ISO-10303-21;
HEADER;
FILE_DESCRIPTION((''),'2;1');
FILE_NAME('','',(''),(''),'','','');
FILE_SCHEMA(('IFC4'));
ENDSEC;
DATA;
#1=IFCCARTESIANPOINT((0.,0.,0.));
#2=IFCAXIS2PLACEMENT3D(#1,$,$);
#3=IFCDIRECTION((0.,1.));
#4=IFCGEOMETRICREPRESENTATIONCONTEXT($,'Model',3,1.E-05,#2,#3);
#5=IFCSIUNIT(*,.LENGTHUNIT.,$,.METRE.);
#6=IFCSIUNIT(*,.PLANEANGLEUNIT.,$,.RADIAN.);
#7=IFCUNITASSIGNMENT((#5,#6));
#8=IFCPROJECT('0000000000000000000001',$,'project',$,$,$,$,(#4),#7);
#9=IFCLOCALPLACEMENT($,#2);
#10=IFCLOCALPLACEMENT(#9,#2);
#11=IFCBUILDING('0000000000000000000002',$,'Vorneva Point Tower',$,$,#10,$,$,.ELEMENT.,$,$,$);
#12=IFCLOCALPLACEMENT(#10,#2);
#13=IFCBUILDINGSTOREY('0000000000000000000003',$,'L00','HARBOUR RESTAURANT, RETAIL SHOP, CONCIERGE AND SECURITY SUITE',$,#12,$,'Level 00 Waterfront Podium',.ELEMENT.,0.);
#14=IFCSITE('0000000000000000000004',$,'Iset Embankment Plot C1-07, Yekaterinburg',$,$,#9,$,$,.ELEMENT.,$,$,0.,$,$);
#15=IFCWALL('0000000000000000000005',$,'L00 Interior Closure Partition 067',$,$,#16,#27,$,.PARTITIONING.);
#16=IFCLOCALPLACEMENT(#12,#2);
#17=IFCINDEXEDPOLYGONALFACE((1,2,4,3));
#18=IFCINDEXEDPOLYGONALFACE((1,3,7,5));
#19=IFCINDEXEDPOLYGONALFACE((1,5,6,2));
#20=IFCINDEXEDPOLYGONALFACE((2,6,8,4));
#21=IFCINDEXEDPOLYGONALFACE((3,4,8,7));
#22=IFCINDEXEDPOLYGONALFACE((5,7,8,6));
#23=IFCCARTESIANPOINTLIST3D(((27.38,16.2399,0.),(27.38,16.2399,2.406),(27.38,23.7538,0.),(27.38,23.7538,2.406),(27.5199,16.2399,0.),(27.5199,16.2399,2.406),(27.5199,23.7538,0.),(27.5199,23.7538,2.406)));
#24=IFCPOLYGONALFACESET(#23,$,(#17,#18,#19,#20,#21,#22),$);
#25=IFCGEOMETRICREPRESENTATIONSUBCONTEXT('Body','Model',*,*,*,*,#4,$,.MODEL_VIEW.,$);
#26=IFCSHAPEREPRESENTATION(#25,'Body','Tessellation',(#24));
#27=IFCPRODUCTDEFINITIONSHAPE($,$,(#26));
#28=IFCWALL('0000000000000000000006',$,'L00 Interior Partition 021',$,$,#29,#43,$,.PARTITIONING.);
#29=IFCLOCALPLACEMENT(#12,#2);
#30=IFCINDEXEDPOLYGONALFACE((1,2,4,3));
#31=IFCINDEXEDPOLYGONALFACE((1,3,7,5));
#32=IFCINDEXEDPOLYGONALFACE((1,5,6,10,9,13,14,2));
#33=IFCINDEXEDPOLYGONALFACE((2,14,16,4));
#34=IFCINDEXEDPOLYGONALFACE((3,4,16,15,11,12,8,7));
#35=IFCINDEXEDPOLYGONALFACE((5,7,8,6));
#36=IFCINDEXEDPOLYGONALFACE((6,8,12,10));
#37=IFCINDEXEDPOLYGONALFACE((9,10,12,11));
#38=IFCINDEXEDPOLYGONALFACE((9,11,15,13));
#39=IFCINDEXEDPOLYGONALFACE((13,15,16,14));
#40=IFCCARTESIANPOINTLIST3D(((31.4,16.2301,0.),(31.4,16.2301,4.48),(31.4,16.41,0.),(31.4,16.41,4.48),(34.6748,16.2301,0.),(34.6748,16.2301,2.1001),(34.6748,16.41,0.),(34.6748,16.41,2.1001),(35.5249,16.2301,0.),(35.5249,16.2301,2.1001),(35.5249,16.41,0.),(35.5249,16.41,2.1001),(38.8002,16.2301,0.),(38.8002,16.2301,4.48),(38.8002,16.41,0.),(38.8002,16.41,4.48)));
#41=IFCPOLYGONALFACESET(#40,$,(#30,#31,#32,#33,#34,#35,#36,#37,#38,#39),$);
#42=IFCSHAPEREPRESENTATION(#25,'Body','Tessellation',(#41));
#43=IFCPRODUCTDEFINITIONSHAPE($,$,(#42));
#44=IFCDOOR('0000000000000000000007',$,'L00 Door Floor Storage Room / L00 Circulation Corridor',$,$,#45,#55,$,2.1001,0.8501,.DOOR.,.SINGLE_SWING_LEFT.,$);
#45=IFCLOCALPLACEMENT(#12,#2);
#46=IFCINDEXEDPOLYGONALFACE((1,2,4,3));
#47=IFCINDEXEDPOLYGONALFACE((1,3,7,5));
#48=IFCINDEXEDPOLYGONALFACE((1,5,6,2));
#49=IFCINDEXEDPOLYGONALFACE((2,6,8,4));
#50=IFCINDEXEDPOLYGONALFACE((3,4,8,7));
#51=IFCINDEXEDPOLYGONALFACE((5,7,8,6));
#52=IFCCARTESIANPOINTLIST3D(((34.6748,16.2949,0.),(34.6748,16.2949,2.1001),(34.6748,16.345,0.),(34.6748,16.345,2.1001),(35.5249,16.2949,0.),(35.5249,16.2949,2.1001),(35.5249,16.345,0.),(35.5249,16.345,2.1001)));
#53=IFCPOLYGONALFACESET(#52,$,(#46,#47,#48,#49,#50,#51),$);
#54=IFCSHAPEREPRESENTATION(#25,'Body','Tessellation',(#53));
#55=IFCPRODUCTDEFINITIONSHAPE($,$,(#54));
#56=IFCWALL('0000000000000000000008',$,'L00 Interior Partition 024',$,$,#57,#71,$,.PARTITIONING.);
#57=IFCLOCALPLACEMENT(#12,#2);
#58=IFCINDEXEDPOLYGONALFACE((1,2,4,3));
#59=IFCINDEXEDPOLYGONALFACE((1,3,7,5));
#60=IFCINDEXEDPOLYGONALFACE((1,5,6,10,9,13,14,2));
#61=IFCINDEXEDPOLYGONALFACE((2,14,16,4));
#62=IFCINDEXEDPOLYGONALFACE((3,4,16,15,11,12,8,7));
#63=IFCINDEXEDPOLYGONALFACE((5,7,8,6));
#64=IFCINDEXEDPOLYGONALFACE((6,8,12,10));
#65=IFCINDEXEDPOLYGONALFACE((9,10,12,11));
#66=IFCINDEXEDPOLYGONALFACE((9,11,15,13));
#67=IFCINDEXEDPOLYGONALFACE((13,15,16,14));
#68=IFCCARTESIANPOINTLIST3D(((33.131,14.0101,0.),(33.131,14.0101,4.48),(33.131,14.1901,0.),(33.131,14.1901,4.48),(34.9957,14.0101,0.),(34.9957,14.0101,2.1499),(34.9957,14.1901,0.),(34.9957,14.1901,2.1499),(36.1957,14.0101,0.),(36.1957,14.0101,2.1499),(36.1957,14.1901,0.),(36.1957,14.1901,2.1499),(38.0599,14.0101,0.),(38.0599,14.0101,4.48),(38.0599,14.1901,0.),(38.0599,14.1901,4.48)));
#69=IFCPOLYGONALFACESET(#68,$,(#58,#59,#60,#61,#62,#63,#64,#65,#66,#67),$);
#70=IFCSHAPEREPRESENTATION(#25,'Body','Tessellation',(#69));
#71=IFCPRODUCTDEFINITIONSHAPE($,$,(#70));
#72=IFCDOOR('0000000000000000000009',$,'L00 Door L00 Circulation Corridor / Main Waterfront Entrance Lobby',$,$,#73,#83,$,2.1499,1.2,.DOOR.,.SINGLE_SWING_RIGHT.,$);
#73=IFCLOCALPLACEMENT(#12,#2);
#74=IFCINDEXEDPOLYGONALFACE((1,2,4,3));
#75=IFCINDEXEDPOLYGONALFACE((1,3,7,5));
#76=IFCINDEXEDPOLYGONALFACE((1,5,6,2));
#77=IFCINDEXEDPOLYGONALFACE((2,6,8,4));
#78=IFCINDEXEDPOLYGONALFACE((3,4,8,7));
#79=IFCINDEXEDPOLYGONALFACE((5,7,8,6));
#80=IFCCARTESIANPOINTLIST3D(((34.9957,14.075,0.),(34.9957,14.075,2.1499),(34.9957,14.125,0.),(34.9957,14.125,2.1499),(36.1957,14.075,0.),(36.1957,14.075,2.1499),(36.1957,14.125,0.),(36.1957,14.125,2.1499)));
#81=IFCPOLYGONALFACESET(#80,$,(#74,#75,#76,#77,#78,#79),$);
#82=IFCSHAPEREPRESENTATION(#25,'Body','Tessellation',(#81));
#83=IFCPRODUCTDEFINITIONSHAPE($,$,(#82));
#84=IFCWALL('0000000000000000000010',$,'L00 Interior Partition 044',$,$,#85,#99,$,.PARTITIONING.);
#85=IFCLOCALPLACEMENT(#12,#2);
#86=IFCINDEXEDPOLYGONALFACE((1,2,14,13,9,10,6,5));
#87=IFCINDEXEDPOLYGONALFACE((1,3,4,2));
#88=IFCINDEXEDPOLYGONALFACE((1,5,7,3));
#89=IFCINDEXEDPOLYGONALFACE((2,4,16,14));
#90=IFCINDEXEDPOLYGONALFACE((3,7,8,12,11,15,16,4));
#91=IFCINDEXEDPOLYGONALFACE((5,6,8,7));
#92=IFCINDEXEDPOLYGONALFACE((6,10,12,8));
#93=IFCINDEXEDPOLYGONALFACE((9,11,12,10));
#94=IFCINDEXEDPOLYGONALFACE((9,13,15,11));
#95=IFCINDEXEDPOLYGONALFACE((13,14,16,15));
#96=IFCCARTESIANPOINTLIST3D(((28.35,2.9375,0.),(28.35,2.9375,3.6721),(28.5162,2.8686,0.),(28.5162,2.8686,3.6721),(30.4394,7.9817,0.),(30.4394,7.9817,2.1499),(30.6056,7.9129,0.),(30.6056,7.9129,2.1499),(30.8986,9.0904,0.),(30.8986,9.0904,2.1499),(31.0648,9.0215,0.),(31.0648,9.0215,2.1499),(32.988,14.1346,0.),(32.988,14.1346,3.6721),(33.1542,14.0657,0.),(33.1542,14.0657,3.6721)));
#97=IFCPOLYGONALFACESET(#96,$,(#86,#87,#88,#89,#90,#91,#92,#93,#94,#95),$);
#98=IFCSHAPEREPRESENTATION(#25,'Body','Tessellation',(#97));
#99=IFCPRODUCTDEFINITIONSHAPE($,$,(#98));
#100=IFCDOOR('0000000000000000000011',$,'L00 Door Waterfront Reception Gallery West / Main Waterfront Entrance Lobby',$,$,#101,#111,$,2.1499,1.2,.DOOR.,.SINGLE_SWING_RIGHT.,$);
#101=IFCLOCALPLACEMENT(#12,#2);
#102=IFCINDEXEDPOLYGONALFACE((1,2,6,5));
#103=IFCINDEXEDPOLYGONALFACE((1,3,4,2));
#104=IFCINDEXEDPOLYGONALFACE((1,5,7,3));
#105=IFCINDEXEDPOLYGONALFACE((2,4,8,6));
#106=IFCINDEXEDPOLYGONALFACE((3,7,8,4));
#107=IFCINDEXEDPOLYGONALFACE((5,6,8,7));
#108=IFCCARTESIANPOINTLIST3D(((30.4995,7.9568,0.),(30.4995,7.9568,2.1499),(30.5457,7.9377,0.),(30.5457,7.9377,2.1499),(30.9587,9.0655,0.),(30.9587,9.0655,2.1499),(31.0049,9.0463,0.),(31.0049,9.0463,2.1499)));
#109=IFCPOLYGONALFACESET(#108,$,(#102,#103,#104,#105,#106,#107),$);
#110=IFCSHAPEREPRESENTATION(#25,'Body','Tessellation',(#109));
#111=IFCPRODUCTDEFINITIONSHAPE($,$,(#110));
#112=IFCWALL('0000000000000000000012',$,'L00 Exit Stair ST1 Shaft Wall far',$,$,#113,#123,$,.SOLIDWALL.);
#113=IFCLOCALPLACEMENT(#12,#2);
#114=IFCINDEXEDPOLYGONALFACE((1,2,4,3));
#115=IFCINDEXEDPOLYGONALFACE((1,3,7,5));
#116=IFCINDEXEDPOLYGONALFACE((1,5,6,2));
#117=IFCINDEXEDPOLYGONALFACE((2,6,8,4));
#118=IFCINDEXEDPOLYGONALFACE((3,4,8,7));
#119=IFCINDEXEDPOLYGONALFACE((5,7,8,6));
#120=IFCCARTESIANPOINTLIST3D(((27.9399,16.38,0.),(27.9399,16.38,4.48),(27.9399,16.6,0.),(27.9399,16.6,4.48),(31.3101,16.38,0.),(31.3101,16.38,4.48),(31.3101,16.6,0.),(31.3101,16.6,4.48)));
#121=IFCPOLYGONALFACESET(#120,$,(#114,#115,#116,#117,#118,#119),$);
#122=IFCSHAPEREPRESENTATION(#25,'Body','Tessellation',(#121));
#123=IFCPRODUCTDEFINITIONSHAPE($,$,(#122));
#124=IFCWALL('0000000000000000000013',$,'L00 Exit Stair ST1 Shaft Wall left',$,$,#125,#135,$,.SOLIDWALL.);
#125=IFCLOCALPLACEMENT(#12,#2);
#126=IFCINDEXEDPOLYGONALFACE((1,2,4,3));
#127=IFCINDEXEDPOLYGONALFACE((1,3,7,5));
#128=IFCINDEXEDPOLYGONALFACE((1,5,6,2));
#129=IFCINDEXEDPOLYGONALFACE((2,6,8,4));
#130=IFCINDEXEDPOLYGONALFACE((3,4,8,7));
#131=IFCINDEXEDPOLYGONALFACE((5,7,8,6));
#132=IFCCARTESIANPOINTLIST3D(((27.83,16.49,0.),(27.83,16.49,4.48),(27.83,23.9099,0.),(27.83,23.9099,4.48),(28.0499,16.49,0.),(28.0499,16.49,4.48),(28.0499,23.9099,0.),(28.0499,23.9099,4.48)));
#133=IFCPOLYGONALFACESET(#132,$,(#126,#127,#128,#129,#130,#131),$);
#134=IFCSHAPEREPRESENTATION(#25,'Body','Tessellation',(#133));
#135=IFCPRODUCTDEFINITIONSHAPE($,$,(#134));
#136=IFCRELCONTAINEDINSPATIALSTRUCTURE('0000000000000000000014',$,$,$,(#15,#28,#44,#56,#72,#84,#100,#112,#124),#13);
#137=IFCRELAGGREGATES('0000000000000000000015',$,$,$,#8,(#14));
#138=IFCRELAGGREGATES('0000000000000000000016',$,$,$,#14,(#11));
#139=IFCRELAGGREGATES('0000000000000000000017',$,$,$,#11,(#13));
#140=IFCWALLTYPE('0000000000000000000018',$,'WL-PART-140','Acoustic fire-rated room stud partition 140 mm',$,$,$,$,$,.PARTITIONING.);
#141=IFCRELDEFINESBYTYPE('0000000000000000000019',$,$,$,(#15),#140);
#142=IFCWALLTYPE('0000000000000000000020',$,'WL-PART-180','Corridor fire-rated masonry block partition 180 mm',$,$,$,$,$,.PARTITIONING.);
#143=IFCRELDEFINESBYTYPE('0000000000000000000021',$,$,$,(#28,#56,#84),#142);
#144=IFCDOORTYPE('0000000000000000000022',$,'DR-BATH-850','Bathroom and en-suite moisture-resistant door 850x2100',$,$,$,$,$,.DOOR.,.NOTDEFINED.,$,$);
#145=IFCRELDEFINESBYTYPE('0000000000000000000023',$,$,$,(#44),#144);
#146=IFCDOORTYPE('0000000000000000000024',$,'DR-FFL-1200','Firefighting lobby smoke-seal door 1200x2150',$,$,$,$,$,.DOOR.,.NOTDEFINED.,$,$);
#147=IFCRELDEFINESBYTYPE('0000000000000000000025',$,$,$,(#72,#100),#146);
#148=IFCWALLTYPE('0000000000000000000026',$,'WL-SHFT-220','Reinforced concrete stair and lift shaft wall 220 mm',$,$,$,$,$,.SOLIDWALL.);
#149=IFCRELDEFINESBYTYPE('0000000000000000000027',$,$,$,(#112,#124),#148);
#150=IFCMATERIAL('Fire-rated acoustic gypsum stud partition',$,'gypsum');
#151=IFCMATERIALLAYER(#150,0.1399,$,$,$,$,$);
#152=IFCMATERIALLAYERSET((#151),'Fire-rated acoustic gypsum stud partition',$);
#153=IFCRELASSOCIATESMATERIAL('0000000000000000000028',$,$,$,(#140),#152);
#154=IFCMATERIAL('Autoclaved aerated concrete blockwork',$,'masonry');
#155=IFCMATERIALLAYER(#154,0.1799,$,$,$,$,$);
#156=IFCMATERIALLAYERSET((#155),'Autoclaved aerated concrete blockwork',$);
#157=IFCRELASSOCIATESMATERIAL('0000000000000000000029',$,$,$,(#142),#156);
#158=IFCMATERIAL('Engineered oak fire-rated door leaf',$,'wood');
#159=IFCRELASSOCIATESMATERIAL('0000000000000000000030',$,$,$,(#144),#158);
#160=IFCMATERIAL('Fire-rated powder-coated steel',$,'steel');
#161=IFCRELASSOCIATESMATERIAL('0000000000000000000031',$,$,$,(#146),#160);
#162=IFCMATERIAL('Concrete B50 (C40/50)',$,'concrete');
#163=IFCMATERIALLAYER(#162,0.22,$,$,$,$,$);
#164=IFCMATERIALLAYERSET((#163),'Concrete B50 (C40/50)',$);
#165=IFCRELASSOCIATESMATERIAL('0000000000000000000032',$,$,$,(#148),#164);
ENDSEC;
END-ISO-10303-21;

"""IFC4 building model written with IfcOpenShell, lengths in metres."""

from ifc_helpers import new_model, si_unit, direction, frame, frame_2d, origin, place, context, subcontext, project, spatial, rectangle, extrude, material, layer, layer_set, type_object, element, fill, save


model = new_model("IFC4")

# Units and contexts
model_context = context("Model", 3, precision=1e-05, world=origin(), true_north=direction((0.0, 1.0)))
body_context = subcontext(model_context, "Body", "Model", "MODEL_VIEW")
ifc_project = project(units=[si_unit("LENGTHUNIT", "METRE"), si_unit("PLANEANGLEUNIT", "RADIAN")], contexts=[model_context])

# Site, building, storey
site_placement = place(None, origin())
site = spatial("IfcSite", under=ifc_project, at=site_placement, Name="Iset Embankment Plot C1-07, Yekaterinburg", CompositionType="ELEMENT", RefElevation=0.0)
building_placement = place(site_placement, origin())
building = spatial("IfcBuilding", under=site, at=building_placement, Name="Vorneva Point Tower", CompositionType="ELEMENT")
storey_placement = place(building_placement, origin())
storey = spatial("IfcBuildingStorey", under=building, at=storey_placement, Name="L00", Description="HARBOUR RESTAURANT, RETAIL SHOP, CONCIERGE AND SECURITY SUITE", LongName="Level 00 Waterfront Podium", CompositionType="ELEMENT", Elevation=0.0)

# Wall
ifc_material_1 = material(Name="Fire-rated acoustic gypsum stud partition", Category="gypsum")
ifc_layer_1 = layer(ifc_material_1, 0.1399)
ifc_layer_set_1 = layer_set([ifc_layer_1], Name="Fire-rated acoustic gypsum stud partition")
wall_type_1 = type_object("IfcWallType", Name="WL-PART-140", Description="Acoustic fire-rated room stud partition 140 mm", PredefinedType="PARTITIONING", material=ifc_layer_set_1)
wall_1_placement = place(storey_placement, frame((27.45, 16.24, 0.0), z_axis=(0.0, 0.0, 1.0), x_axis=(0.0, 1.0, 0.0)))
element("IfcWall", 1, at=wall_1_placement, inside=storey, type_object=wall_type_1, Name="L00 Interior Closure Partition 067", PredefinedType="PARTITIONING", context=body_context, shape_type="SweptSolid", body=[
    extrude(rectangle(XDim=7.5139, YDim=0.1399, at=frame_2d((3.7568, 0.0))), origin(), (0.0, 0.0, 1.0), 2.406),
])

# Walls, openings, doors
ifc_material_2 = material(Name="Autoclaved aerated concrete blockwork", Category="masonry")
ifc_layer_2 = layer(ifc_material_2, 0.1799)
ifc_layer_set_2 = layer_set([ifc_layer_2], Name="Autoclaved aerated concrete blockwork")
wall_type_2 = type_object("IfcWallType", Name="WL-PART-180", Description="Corridor fire-rated masonry block partition 180 mm", PredefinedType="PARTITIONING", material=ifc_layer_set_2)
wall_2_placement = place(storey_placement, frame((31.3999, 16.3201, 0.0), z_axis=(0.0, 0.0, 1.0), x_axis=(1.0, 0.0, 0.0)))
wall_2 = element("IfcWall", 2, at=wall_2_placement, inside=storey, type_object=wall_type_2, Name="L00 Interior Partition 021", PredefinedType="PARTITIONING", context=body_context, shape_type="SweptSolid", body=[
    extrude(rectangle(XDim=7.4001, YDim=0.1799, at=frame_2d((3.7002, 0.0))), origin(), (0.0, 0.0, 1.0), 4.48),
])
opening_1_placement = place(wall_2_placement, frame((3.2749, 0.0, 0.0)))
opening_1 = element("IfcOpeningElement", 3, at=opening_1_placement, cuts=wall_2, PredefinedType="OPENING", context=body_context, shape_type="SweptSolid", body=[
    extrude(rectangle(XDim=0.8501, YDim=2.1001, at=frame_2d((0.425, 1.05))), frame((0.0, 0.105, 0.0), z_axis=(0.0, -1.0, 0.0), x_axis=(1.0, 0.0, 0.0)), (0.0, 0.0, 1.0), 0.2097),
])
ifc_material_3 = material(Name="Engineered oak fire-rated door leaf", Category="wood")
door_type_1 = type_object("IfcDoorType", Name="DR-BATH-850", Description="Bathroom and en-suite moisture-resistant door 850x2100", OperationType="NOTDEFINED", PredefinedType="DOOR", material=ifc_material_3)
door_1_placement = place(opening_1_placement, origin())
door_1 = element("IfcDoor", 4, at=door_1_placement, inside=storey, type_object=door_type_1, Name="L00 Door Floor Storage Room / L00 Circulation Corridor", OperationType="SINGLE_SWING_LEFT", OverallHeight=2.1001, OverallWidth=0.8501, PredefinedType="DOOR", context=body_context, shape_type="SweptSolid", body=[
    extrude(rectangle(XDim=0.8501, YDim=2.1001, at=frame_2d((0.425, 1.05))), frame((0.0, 0.0249, 0.0), z_axis=(0.0, -1.0, 0.0), x_axis=(1.0, 0.0, 0.0)), (0.0, 0.0, 1.0), 0.05),
])
fill(opening_1, door_1)
wall_3_placement = place(storey_placement, frame((33.1311, 14.1001, 0.0), z_axis=(0.0, 0.0, 1.0), x_axis=(1.0, 0.0, 0.0)))
wall_3 = element("IfcWall", 5, at=wall_3_placement, inside=storey, type_object=wall_type_2, Name="L00 Interior Partition 024", PredefinedType="PARTITIONING", context=body_context, shape_type="SweptSolid", body=[
    extrude(rectangle(XDim=4.929, YDim=0.1799, at=frame_2d((2.4644, 0.0))), origin(), (0.0, 0.0, 1.0), 4.48),
])
opening_2_placement = place(wall_3_placement, frame((1.8645, 0.0, 0.0)))
opening_2 = element("IfcOpeningElement", 6, at=opening_2_placement, cuts=wall_3, PredefinedType="OPENING", context=body_context, shape_type="SweptSolid", body=[
    extrude(rectangle(XDim=1.2, YDim=2.1499, at=frame_2d((0.6001, 1.075))), frame((0.0, 0.105, 0.0), z_axis=(0.0, -1.0, 0.0), x_axis=(1.0, 0.0, 0.0)), (0.0, 0.0, 1.0), 0.2097),
])
ifc_material_4 = material(Name="Fire-rated powder-coated steel", Category="steel")
door_type_2 = type_object("IfcDoorType", Name="DR-FFL-1200", Description="Firefighting lobby smoke-seal door 1200x2150", OperationType="NOTDEFINED", PredefinedType="DOOR", material=ifc_material_4)
door_2_placement = place(opening_2_placement, origin())
door_2 = element("IfcDoor", 7, at=door_2_placement, inside=storey, type_object=door_type_2, Name="L00 Door L00 Circulation Corridor / Main Waterfront Entrance Lobby", OperationType="SINGLE_SWING_RIGHT", OverallHeight=2.1499, OverallWidth=1.2, PredefinedType="DOOR", context=body_context, shape_type="SweptSolid", body=[
    extrude(rectangle(XDim=1.2, YDim=2.1499, at=frame_2d((0.6001, 1.075))), frame((0.0, 0.0249, 0.0), z_axis=(0.0, -1.0, 0.0), x_axis=(1.0, 0.0, 0.0)), (0.0, 0.0, 1.0), 0.05),
])
fill(opening_2, door_2)
wall_4_placement = place(storey_placement, frame((28.4331, 2.9031, 0.0), z_axis=(0.0, 0.0, 1.0), x_axis=(0.382682, 0.92388, 0.0)))
wall_4 = element("IfcWall", 8, at=wall_4_placement, inside=storey, type_object=wall_type_2, Name="L00 Interior Partition 044", PredefinedType="PARTITIONING", context=body_context, shape_type="SweptSolid", body=[
    extrude(rectangle(XDim=12.1196, YDim=0.1799, at=frame_2d((6.0598, 0.0))), origin(), (0.0, 0.0, 1.0), 3.6721),
])
opening_3_placement = place(wall_4_placement, frame((5.4597, 0.0, 0.0)))
opening_3 = element("IfcOpeningElement", 9, at=opening_3_placement, cuts=wall_4, PredefinedType="OPENING", context=body_context, shape_type="SweptSolid", body=[
    extrude(rectangle(XDim=1.2, YDim=2.1499, at=frame_2d((0.6001, 1.075))), frame((0.0, 0.105, 0.0), z_axis=(0.0, -1.0, 0.0), x_axis=(1.0, 0.0, 0.0)), (0.0, 0.0, 1.0), 0.2097),
])
door_3_placement = place(opening_3_placement, origin())
door_3 = element("IfcDoor", 10, at=door_3_placement, inside=storey, type_object=door_type_2, Name="L00 Door Waterfront Reception Gallery West / Main Waterfront Entrance Lobby", OperationType="SINGLE_SWING_RIGHT", OverallHeight=2.1499, OverallWidth=1.2, PredefinedType="DOOR", context=body_context, shape_type="SweptSolid", body=[
    extrude(rectangle(XDim=1.2, YDim=2.1499, at=frame_2d((0.6001, 1.075))), frame((0.0, 0.0249, 0.0), z_axis=(0.0, -1.0, 0.0), x_axis=(1.0, 0.0, 0.0)), (0.0, 0.0, 1.0), 0.05),
])
fill(opening_3, door_3)

# Walls
ifc_material_5 = material(Name="Concrete B50 (C40/50)", Category="concrete")
ifc_layer_3 = layer(ifc_material_5, 0.22)
ifc_layer_set_3 = layer_set([ifc_layer_3], Name="Concrete B50 (C40/50)")
wall_type_3 = type_object("IfcWallType", Name="WL-SHFT-220", Description="Reinforced concrete stair and lift shaft wall 220 mm", PredefinedType="SOLIDWALL", material=ifc_layer_set_3)
wall_5_placement = place(storey_placement, frame((31.3101, 16.49, 0.0), z_axis=(0.0, 0.0, 1.0), x_axis=(-1.0, 0.0, 0.0)))
element("IfcWall", 11, at=wall_5_placement, inside=storey, type_object=wall_type_3, Name="L00 Exit Stair ST1 Shaft Wall far", PredefinedType="SOLIDWALL", context=body_context, shape_type="SweptSolid", body=[
    extrude(rectangle(XDim=3.3701, YDim=0.22, at=frame_2d((1.6851, 0.0))), origin(), (0.0, 0.0, 1.0), 4.48),
])
wall_6_placement = place(storey_placement, frame((27.9399, 16.49, 0.0), z_axis=(0.0, 0.0, 1.0), x_axis=(0.0, 1.0, 0.0)))
element("IfcWall", 12, at=wall_6_placement, inside=storey, type_object=wall_type_3, Name="L00 Exit Stair ST1 Shaft Wall left", PredefinedType="SOLIDWALL", context=body_context, shape_type="SweptSolid", body=[
    extrude(rectangle(XDim=7.4199, YDim=0.22, at=frame_2d((3.71, 0.0))), origin(), (0.0, 0.0, 1.0), 4.48),
])

save(model, "model.ifc")
